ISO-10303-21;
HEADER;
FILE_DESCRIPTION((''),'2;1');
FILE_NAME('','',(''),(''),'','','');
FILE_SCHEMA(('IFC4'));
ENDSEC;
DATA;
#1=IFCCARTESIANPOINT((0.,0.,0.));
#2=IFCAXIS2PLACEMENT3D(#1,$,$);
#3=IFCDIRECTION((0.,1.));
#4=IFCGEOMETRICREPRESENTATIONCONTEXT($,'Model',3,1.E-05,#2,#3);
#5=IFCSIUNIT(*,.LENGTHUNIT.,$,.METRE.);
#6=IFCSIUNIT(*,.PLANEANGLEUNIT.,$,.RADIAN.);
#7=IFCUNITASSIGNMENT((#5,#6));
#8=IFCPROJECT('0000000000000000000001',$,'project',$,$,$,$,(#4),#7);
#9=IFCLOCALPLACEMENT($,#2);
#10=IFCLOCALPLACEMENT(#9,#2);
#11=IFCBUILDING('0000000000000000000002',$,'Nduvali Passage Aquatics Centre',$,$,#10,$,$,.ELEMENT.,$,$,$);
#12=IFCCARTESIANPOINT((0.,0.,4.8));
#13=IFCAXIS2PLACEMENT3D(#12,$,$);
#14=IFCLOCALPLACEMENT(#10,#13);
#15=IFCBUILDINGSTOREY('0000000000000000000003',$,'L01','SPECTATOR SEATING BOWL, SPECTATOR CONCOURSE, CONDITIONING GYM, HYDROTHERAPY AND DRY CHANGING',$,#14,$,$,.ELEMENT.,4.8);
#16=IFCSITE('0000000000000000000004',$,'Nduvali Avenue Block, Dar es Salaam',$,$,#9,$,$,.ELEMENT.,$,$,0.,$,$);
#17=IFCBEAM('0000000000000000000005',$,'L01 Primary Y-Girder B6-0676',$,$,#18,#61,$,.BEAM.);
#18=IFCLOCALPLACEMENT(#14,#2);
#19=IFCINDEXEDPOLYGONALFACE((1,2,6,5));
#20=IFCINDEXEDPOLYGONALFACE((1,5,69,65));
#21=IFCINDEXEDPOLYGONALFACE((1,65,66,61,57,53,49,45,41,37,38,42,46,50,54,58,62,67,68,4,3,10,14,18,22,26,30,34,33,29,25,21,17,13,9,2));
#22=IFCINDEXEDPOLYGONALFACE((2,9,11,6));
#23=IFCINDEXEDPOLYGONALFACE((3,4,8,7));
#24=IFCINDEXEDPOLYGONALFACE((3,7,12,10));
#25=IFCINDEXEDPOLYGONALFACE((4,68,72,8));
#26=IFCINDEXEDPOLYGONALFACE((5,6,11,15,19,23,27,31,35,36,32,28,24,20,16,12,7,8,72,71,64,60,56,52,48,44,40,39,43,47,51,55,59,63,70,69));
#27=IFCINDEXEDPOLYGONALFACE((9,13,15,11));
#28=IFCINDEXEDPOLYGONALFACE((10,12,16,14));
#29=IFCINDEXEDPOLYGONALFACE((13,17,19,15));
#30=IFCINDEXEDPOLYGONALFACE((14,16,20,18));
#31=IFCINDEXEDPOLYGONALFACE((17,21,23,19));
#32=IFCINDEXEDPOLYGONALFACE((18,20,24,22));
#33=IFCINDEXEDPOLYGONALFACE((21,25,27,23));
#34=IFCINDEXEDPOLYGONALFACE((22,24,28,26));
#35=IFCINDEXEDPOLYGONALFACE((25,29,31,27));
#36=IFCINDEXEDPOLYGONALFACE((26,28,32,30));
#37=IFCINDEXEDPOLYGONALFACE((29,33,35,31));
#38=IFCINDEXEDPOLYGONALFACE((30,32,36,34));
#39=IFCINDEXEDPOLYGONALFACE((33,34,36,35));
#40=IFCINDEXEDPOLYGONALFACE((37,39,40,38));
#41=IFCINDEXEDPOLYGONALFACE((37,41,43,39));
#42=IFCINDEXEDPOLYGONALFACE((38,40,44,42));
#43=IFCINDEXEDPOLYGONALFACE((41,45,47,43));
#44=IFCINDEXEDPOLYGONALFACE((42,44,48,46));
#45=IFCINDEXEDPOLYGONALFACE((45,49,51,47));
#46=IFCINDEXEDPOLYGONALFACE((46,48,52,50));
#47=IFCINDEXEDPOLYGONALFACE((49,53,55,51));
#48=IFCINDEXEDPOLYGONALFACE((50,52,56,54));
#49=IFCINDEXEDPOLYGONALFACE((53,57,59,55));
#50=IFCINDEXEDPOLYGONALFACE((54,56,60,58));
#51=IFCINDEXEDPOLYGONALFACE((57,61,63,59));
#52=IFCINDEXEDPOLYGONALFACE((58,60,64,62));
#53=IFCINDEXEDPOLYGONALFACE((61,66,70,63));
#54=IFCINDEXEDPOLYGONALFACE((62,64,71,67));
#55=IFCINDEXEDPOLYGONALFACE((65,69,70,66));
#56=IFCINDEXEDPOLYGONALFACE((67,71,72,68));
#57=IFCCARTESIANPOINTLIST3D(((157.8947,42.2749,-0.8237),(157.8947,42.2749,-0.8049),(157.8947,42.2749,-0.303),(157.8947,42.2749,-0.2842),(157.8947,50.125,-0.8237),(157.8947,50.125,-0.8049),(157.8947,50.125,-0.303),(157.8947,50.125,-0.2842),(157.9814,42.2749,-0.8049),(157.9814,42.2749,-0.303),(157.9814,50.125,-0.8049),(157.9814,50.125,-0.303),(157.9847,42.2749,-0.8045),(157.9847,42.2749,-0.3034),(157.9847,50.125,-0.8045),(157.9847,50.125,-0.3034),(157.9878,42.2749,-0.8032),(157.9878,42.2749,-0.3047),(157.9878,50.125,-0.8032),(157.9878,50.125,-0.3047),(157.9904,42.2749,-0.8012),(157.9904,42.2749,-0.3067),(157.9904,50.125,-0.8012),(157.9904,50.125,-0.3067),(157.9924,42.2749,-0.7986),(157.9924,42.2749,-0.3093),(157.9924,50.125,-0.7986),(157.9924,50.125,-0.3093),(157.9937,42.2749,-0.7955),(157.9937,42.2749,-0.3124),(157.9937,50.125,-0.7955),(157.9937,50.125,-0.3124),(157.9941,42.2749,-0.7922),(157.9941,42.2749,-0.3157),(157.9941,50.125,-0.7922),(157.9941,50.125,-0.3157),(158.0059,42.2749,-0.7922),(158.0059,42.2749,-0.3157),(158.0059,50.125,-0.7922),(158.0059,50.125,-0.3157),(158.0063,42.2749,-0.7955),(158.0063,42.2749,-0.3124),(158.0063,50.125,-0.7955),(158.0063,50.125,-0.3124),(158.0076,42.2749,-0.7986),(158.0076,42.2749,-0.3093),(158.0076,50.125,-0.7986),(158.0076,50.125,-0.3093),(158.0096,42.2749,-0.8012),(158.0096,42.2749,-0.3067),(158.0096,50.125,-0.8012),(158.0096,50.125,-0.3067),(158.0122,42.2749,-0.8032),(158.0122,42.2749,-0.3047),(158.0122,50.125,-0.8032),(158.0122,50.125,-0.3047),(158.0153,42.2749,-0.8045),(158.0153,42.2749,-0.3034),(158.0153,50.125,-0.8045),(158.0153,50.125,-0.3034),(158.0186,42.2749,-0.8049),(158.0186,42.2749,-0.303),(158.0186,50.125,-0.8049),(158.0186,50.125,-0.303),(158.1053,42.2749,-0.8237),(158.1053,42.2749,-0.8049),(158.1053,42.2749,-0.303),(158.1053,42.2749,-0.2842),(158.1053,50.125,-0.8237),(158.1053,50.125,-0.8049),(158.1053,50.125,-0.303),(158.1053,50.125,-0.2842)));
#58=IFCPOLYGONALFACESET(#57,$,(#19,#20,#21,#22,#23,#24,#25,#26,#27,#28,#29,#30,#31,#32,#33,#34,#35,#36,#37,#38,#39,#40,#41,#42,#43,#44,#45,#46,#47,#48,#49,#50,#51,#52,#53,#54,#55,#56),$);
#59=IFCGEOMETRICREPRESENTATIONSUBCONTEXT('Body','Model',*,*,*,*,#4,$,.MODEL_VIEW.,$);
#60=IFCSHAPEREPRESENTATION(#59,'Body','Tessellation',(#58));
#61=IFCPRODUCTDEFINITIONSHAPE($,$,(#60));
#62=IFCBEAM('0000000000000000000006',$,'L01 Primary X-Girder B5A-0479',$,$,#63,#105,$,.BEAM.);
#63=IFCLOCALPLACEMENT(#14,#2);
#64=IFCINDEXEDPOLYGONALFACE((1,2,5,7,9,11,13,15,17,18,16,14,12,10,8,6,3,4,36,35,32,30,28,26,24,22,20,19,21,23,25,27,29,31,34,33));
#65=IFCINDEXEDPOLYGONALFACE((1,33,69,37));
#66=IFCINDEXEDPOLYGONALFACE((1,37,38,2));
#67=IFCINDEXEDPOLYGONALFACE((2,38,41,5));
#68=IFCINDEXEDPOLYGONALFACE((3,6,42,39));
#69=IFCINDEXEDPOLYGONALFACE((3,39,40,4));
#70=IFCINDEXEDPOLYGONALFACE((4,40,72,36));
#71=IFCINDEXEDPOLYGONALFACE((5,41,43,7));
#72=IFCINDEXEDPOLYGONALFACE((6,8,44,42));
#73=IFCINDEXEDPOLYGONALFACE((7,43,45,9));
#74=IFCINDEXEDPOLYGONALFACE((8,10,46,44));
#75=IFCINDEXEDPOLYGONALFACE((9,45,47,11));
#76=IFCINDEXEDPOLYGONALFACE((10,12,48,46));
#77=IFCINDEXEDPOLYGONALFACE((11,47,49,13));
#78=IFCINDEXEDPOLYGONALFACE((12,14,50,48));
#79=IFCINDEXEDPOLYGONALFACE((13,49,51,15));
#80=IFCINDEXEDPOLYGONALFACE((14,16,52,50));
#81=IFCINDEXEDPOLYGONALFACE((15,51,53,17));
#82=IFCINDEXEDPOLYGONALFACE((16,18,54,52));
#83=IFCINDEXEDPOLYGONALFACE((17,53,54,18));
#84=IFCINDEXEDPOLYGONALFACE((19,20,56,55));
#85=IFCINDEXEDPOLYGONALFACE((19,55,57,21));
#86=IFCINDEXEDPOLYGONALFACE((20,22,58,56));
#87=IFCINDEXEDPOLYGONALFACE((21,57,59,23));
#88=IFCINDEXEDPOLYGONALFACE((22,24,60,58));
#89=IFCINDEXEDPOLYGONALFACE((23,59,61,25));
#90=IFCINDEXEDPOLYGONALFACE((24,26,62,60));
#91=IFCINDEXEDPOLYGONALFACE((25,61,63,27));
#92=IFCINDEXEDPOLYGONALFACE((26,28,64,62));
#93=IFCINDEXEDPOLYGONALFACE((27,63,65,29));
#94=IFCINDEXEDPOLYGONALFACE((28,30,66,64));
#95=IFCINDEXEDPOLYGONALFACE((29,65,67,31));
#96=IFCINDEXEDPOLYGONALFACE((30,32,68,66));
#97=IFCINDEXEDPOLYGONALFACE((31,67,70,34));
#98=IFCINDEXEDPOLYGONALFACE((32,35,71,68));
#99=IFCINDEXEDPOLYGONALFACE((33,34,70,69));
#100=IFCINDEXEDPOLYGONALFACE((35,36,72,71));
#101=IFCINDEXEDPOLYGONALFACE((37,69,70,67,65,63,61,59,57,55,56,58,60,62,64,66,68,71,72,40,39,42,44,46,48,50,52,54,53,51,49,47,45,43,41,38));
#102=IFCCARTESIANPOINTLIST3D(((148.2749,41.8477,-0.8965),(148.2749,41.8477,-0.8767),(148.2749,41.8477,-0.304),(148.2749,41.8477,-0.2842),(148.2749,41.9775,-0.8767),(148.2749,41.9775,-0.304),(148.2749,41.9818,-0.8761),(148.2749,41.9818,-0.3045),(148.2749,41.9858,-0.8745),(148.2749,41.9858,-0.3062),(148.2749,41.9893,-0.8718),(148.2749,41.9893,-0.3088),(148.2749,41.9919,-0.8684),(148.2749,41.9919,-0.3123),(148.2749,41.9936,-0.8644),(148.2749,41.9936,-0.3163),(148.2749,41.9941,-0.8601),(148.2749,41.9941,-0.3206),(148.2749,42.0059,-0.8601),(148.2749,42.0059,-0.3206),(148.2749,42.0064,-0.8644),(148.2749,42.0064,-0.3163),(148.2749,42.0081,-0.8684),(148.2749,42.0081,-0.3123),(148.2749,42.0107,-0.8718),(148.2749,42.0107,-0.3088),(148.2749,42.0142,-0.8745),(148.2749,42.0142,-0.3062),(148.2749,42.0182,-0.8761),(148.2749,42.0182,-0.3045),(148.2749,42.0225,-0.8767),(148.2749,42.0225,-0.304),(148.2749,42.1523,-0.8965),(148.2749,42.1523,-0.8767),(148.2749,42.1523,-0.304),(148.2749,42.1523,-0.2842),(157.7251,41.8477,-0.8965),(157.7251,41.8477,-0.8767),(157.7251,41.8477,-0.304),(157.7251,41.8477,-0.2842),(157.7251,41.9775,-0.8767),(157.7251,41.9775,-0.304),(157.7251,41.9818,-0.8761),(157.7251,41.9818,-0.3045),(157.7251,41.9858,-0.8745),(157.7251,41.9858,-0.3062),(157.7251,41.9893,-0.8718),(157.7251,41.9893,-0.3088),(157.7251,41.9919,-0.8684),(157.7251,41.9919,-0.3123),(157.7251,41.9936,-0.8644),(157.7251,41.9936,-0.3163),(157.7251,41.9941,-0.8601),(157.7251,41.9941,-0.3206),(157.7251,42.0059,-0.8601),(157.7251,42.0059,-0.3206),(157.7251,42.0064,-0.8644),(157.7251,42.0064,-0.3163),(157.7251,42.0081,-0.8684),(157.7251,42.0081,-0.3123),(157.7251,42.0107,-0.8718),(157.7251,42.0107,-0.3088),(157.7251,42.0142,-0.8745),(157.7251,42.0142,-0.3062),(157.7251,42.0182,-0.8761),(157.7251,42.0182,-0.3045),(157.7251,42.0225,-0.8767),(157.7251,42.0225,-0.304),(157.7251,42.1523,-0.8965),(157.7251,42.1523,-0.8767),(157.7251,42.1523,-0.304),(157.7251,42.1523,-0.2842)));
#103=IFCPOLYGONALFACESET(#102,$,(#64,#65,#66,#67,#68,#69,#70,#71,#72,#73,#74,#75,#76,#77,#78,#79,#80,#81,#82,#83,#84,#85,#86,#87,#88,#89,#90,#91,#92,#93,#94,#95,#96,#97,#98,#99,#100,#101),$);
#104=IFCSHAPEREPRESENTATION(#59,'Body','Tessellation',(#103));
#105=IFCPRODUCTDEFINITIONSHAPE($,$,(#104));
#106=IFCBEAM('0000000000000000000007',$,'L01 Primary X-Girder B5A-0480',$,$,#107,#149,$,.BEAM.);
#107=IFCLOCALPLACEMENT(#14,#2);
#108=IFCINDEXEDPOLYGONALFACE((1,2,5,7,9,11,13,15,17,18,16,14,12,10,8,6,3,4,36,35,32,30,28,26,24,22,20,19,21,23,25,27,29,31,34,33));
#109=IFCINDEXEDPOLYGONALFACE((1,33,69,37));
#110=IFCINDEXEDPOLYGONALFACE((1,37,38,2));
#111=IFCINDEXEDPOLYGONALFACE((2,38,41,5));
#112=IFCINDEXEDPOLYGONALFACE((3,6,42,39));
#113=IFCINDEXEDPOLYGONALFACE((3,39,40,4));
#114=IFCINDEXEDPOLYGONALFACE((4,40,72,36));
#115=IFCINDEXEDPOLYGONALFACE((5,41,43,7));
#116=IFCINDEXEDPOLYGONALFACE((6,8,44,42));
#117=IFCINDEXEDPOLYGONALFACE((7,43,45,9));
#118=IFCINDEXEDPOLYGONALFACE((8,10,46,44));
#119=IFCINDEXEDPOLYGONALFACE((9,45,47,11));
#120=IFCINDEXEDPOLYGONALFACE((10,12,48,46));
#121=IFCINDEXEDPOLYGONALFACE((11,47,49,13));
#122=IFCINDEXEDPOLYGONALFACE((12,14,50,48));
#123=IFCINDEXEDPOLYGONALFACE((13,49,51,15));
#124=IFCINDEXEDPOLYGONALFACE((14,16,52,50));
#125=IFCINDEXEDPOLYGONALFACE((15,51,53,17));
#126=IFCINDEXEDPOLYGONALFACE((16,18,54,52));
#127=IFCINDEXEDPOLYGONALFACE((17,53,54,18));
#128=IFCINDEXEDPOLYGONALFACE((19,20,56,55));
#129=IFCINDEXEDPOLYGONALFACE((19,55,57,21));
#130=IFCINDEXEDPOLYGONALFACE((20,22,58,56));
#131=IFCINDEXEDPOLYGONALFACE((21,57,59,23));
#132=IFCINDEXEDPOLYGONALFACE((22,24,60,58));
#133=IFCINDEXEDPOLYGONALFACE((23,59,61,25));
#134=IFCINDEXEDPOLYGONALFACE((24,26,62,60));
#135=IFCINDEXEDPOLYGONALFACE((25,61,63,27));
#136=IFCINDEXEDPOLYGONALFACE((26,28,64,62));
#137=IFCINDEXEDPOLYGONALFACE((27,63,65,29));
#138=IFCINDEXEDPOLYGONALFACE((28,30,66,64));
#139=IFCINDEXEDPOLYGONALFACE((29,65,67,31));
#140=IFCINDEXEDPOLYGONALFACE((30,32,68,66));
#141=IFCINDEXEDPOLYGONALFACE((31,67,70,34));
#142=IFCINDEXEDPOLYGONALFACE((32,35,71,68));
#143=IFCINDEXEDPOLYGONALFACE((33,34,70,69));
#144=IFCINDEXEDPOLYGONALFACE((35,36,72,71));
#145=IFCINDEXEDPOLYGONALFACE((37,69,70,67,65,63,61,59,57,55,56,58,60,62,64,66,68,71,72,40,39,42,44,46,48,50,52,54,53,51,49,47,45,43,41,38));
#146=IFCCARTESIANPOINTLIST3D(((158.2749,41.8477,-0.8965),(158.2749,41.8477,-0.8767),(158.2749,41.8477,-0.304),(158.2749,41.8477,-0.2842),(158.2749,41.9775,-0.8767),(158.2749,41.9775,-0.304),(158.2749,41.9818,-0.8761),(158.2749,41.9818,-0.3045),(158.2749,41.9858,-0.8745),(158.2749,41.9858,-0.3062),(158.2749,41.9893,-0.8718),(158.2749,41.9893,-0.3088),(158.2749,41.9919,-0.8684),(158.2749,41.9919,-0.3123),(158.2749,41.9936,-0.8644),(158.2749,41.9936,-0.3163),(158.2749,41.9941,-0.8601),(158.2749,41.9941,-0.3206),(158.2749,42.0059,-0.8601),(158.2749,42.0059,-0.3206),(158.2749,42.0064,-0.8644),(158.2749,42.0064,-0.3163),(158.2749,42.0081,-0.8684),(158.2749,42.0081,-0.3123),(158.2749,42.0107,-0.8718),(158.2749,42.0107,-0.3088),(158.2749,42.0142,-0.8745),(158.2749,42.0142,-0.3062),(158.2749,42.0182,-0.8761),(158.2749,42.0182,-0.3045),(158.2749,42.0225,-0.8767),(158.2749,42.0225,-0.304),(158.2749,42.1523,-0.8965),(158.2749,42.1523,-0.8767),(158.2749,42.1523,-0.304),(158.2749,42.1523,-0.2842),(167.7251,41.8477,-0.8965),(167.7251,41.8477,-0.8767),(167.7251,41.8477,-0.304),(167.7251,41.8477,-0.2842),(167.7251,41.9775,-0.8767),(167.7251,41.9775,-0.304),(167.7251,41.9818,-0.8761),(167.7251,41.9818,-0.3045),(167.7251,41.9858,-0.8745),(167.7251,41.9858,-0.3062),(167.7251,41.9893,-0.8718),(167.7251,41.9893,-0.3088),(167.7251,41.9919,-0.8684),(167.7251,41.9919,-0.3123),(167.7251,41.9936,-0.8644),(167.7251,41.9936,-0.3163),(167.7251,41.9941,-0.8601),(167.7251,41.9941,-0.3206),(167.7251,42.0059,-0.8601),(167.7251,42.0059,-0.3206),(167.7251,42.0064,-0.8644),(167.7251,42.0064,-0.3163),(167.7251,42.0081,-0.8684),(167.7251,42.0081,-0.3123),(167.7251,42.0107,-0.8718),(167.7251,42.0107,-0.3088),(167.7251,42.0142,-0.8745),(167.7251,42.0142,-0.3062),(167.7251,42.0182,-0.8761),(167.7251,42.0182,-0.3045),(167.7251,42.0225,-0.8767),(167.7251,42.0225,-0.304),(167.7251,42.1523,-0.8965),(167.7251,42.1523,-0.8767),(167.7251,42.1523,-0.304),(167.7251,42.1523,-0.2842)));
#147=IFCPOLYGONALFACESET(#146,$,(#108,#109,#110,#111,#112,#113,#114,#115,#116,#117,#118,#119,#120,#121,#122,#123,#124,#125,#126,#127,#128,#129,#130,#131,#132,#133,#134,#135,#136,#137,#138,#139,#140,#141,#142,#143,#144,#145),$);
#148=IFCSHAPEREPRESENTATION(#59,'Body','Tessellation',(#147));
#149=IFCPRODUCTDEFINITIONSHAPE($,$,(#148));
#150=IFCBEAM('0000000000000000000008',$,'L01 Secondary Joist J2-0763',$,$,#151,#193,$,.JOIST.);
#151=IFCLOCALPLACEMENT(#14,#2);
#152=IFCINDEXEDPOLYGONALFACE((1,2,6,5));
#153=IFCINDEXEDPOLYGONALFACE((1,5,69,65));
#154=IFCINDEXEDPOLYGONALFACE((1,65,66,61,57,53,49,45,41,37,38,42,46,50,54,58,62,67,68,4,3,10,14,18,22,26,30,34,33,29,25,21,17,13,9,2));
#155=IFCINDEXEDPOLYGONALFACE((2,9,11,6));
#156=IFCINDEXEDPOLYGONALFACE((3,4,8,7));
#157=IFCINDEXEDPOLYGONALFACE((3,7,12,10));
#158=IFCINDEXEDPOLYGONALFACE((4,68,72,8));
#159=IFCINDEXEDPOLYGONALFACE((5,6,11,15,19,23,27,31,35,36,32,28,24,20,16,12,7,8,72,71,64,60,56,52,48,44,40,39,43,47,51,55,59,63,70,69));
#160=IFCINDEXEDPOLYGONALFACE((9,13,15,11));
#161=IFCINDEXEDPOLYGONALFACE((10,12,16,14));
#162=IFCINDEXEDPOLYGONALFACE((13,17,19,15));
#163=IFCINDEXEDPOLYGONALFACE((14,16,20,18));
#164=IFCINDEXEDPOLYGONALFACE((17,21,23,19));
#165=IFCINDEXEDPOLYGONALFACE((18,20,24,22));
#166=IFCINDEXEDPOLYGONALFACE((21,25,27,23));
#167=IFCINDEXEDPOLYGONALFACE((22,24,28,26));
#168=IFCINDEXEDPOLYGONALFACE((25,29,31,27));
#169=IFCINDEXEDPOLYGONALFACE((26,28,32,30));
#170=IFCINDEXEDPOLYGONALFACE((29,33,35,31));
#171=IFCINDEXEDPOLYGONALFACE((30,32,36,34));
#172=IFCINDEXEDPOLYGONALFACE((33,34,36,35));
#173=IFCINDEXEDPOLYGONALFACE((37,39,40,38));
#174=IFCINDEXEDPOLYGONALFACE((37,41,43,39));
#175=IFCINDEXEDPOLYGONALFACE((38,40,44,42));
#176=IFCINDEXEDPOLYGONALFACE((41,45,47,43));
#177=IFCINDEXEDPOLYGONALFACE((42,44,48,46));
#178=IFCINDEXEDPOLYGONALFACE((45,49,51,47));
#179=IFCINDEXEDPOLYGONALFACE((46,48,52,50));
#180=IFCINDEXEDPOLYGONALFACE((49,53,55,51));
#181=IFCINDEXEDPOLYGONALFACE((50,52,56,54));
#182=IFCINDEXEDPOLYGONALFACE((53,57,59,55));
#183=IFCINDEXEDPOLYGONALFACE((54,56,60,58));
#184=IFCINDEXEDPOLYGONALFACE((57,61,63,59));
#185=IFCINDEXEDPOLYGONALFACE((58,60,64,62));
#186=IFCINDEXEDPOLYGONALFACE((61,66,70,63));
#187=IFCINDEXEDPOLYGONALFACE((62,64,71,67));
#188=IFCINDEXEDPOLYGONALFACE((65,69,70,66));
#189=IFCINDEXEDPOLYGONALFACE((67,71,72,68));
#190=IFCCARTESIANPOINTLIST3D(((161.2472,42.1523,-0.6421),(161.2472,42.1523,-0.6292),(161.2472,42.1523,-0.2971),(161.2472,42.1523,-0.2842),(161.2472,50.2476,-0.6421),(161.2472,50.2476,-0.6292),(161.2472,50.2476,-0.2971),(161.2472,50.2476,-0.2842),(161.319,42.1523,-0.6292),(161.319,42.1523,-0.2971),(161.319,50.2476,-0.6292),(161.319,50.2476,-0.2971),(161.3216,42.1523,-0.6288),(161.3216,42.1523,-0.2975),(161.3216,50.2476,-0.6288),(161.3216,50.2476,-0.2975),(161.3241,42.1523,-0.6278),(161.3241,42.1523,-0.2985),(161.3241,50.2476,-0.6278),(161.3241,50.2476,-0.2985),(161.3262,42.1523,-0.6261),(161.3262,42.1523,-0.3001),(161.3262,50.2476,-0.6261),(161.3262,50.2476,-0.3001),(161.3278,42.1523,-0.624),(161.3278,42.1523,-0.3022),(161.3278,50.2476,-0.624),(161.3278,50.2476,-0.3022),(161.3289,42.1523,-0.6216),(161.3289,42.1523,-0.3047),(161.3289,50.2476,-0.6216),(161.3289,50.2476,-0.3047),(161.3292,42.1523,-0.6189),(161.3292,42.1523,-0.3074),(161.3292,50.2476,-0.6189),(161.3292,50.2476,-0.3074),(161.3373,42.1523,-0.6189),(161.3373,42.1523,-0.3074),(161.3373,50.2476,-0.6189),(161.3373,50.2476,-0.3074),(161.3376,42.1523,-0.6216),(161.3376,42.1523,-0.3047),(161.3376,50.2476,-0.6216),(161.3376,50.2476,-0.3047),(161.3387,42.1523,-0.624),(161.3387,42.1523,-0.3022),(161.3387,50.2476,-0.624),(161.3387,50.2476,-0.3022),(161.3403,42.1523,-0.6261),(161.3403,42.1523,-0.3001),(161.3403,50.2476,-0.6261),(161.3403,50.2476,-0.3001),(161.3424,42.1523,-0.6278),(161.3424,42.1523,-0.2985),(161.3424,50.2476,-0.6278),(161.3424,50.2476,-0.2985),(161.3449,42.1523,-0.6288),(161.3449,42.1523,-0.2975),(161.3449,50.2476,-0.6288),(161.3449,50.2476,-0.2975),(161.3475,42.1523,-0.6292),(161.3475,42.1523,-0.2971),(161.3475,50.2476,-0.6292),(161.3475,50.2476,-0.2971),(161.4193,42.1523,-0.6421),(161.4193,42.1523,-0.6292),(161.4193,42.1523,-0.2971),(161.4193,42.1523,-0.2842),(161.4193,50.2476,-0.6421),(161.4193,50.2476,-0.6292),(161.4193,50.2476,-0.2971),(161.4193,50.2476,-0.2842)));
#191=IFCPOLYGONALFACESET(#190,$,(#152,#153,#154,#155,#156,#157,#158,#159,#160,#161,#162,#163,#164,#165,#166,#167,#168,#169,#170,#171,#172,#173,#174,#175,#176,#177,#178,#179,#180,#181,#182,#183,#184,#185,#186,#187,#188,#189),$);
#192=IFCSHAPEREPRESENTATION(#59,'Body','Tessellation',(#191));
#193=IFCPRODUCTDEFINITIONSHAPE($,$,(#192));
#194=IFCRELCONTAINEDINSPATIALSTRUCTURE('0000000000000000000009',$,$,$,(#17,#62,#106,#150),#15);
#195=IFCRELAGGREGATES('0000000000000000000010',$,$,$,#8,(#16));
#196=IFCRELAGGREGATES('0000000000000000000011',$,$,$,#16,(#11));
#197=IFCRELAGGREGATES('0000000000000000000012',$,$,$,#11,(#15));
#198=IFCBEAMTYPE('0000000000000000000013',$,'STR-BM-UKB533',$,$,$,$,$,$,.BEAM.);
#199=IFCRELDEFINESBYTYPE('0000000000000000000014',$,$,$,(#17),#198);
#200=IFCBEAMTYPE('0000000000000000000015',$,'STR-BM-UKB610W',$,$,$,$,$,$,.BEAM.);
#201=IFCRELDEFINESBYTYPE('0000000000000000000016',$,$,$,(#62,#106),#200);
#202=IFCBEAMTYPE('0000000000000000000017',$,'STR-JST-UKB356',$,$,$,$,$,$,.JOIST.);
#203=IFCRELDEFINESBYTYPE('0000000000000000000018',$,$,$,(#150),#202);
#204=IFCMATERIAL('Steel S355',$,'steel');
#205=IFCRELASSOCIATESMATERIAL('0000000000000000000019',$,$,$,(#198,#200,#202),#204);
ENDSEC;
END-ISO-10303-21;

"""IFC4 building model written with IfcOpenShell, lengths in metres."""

from ifc_helpers import new_model, si_unit, direction, frame, origin, origin_2d, place, context, subcontext, project, spatial, i_section, extrude, material, material_profile, profile_set, type_object, element, save


model = new_model("IFC4")

# Units and contexts
model_context = context("Model", 3, precision=1e-05, world=origin(), true_north=direction((0.0, 1.0)))
body_context = subcontext(model_context, "Body", "Model", "MODEL_VIEW")
ifc_project = project(units=[si_unit("LENGTHUNIT", "METRE"), si_unit("PLANEANGLEUNIT", "RADIAN")], contexts=[model_context])

# Site, building, storey
site_placement = place(None, origin())
site = spatial("IfcSite", under=ifc_project, at=site_placement, Name="Nduvali Avenue Block, Dar es Salaam", CompositionType="ELEMENT", RefElevation=0.0)
building_placement = place(site_placement, origin())
building = spatial("IfcBuilding", under=site, at=building_placement, Name="Nduvali Passage Aquatics Centre", CompositionType="ELEMENT")
storey_placement = place(building_placement, frame((0.0, 0.0, 4.8)))
storey = spatial("IfcBuildingStorey", under=building, at=storey_placement, Name="L01", Description="SPECTATOR SEATING BOWL, SPECTATOR CONCOURSE, CONDITIONING GYM, HYDROTHERAPY AND DRY CHANGING", CompositionType="ELEMENT", Elevation=4.8)

# Shared definitions
ifc_material_1 = material(Name="Steel S355", Category="steel")

# Beams
ifc_material_profile_1 = material_profile(ifc_material_1, i_section(OverallWidth=0.2107, OverallDepth=0.5396, WebThickness=0.0117, FlangeThickness=0.0188, FilletRadius=0.0127, at=origin_2d()), Name="UKB 533x210x109")
ifc_profile_set_1 = profile_set([ifc_material_profile_1], Name="Steel S355")
beam_type_1 = type_object("IfcBeamType", Name="STR-BM-UKB533", PredefinedType="BEAM", material=ifc_profile_set_1)
beam_placement = place(storey_placement, frame((158.0, 42.2749, -0.554), z_axis=(0.0, 1.0, 0.0), x_axis=(-1.0, 0.0, 0.0)))
element("IfcBeam", 1, at=beam_placement, inside=storey, type_object=beam_type_1, Name="L01 Primary Y-Girder B6-0676", PredefinedType="BEAM", context=body_context, shape_type="SweptSolid", body=[
    extrude(i_section(OverallWidth=0.2107, OverallDepth=0.5396, WebThickness=0.0117, FlangeThickness=0.0188, FilletRadius=0.0127, at=origin_2d()), origin(), (0.0, 0.0, 1.0), 7.8501),
])
ifc_material_profile_2 = material_profile(ifc_material_1, i_section(OverallWidth=0.3047, OverallDepth=0.6123, WebThickness=0.0117, FlangeThickness=0.0198, FilletRadius=0.0166, at=origin_2d()), Name="UKB 610x305x149")
ifc_profile_set_2 = profile_set([ifc_material_profile_2], Name="Steel S355")
beam_type_2 = type_object("IfcBeamType", Name="STR-BM-UKB610W", PredefinedType="BEAM", material=ifc_profile_set_2)
for number, where, z_axis, x_axis, name in (
    (2, (148.2749, 42.0, -0.5903), (1.0, 0.0, 0.0), (0.0, 1.0, 0.0), "L01 Primary X-Girder B5A-0479"),
    (3, (158.2749, 42.0, -0.5903), (1.0, 0.0, 0.0), (0.0, 1.0, 0.0), "L01 Primary X-Girder B5A-0480"),
):
    element("IfcBeam", number, at=place(storey_placement, frame(where, z_axis=z_axis, x_axis=x_axis)), inside=storey, type_object=beam_type_2, Name=name, PredefinedType="BEAM", context=body_context, shape_type="SweptSolid", body=[
        extrude(i_section(OverallWidth=0.3047, OverallDepth=0.6123, WebThickness=0.0117, FlangeThickness=0.0198, FilletRadius=0.0166, at=origin_2d()), origin(), (0.0, 0.0, 1.0), 9.4502),
    ])
ifc_material_profile_3 = material_profile(ifc_material_1, i_section(OverallWidth=0.1721, OverallDepth=0.3579, WebThickness=0.0081, FlangeThickness=0.0129, FilletRadius=0.0103, at=origin_2d()), Name="UKB 356x171x57")
ifc_profile_set_3 = profile_set([ifc_material_profile_3], Name="Steel S355")
beam_type_3 = type_object("IfcBeamType", Name="STR-JST-UKB356", PredefinedType="JOIST", material=ifc_profile_set_3)
for number, where, z_axis, x_axis, name in (
    (4, (161.3333, 42.1523, -0.4631), (0.0, 1.0, 0.0), (-1.0, 0.0, 0.0), "L01 Secondary Joist J2-0763"),
):
    element("IfcBeam", number, at=place(storey_placement, frame(where, z_axis=z_axis, x_axis=x_axis)), inside=storey, type_object=beam_type_3, Name=name, PredefinedType="JOIST", context=body_context, shape_type="SweptSolid", body=[
        extrude(i_section(OverallWidth=0.1721, OverallDepth=0.3579, WebThickness=0.0081, FlangeThickness=0.0129, FilletRadius=0.0103, at=origin_2d()), origin(), (0.0, 0.0, 1.0), 8.0952),
    ])

save(model, "model.ifc")
